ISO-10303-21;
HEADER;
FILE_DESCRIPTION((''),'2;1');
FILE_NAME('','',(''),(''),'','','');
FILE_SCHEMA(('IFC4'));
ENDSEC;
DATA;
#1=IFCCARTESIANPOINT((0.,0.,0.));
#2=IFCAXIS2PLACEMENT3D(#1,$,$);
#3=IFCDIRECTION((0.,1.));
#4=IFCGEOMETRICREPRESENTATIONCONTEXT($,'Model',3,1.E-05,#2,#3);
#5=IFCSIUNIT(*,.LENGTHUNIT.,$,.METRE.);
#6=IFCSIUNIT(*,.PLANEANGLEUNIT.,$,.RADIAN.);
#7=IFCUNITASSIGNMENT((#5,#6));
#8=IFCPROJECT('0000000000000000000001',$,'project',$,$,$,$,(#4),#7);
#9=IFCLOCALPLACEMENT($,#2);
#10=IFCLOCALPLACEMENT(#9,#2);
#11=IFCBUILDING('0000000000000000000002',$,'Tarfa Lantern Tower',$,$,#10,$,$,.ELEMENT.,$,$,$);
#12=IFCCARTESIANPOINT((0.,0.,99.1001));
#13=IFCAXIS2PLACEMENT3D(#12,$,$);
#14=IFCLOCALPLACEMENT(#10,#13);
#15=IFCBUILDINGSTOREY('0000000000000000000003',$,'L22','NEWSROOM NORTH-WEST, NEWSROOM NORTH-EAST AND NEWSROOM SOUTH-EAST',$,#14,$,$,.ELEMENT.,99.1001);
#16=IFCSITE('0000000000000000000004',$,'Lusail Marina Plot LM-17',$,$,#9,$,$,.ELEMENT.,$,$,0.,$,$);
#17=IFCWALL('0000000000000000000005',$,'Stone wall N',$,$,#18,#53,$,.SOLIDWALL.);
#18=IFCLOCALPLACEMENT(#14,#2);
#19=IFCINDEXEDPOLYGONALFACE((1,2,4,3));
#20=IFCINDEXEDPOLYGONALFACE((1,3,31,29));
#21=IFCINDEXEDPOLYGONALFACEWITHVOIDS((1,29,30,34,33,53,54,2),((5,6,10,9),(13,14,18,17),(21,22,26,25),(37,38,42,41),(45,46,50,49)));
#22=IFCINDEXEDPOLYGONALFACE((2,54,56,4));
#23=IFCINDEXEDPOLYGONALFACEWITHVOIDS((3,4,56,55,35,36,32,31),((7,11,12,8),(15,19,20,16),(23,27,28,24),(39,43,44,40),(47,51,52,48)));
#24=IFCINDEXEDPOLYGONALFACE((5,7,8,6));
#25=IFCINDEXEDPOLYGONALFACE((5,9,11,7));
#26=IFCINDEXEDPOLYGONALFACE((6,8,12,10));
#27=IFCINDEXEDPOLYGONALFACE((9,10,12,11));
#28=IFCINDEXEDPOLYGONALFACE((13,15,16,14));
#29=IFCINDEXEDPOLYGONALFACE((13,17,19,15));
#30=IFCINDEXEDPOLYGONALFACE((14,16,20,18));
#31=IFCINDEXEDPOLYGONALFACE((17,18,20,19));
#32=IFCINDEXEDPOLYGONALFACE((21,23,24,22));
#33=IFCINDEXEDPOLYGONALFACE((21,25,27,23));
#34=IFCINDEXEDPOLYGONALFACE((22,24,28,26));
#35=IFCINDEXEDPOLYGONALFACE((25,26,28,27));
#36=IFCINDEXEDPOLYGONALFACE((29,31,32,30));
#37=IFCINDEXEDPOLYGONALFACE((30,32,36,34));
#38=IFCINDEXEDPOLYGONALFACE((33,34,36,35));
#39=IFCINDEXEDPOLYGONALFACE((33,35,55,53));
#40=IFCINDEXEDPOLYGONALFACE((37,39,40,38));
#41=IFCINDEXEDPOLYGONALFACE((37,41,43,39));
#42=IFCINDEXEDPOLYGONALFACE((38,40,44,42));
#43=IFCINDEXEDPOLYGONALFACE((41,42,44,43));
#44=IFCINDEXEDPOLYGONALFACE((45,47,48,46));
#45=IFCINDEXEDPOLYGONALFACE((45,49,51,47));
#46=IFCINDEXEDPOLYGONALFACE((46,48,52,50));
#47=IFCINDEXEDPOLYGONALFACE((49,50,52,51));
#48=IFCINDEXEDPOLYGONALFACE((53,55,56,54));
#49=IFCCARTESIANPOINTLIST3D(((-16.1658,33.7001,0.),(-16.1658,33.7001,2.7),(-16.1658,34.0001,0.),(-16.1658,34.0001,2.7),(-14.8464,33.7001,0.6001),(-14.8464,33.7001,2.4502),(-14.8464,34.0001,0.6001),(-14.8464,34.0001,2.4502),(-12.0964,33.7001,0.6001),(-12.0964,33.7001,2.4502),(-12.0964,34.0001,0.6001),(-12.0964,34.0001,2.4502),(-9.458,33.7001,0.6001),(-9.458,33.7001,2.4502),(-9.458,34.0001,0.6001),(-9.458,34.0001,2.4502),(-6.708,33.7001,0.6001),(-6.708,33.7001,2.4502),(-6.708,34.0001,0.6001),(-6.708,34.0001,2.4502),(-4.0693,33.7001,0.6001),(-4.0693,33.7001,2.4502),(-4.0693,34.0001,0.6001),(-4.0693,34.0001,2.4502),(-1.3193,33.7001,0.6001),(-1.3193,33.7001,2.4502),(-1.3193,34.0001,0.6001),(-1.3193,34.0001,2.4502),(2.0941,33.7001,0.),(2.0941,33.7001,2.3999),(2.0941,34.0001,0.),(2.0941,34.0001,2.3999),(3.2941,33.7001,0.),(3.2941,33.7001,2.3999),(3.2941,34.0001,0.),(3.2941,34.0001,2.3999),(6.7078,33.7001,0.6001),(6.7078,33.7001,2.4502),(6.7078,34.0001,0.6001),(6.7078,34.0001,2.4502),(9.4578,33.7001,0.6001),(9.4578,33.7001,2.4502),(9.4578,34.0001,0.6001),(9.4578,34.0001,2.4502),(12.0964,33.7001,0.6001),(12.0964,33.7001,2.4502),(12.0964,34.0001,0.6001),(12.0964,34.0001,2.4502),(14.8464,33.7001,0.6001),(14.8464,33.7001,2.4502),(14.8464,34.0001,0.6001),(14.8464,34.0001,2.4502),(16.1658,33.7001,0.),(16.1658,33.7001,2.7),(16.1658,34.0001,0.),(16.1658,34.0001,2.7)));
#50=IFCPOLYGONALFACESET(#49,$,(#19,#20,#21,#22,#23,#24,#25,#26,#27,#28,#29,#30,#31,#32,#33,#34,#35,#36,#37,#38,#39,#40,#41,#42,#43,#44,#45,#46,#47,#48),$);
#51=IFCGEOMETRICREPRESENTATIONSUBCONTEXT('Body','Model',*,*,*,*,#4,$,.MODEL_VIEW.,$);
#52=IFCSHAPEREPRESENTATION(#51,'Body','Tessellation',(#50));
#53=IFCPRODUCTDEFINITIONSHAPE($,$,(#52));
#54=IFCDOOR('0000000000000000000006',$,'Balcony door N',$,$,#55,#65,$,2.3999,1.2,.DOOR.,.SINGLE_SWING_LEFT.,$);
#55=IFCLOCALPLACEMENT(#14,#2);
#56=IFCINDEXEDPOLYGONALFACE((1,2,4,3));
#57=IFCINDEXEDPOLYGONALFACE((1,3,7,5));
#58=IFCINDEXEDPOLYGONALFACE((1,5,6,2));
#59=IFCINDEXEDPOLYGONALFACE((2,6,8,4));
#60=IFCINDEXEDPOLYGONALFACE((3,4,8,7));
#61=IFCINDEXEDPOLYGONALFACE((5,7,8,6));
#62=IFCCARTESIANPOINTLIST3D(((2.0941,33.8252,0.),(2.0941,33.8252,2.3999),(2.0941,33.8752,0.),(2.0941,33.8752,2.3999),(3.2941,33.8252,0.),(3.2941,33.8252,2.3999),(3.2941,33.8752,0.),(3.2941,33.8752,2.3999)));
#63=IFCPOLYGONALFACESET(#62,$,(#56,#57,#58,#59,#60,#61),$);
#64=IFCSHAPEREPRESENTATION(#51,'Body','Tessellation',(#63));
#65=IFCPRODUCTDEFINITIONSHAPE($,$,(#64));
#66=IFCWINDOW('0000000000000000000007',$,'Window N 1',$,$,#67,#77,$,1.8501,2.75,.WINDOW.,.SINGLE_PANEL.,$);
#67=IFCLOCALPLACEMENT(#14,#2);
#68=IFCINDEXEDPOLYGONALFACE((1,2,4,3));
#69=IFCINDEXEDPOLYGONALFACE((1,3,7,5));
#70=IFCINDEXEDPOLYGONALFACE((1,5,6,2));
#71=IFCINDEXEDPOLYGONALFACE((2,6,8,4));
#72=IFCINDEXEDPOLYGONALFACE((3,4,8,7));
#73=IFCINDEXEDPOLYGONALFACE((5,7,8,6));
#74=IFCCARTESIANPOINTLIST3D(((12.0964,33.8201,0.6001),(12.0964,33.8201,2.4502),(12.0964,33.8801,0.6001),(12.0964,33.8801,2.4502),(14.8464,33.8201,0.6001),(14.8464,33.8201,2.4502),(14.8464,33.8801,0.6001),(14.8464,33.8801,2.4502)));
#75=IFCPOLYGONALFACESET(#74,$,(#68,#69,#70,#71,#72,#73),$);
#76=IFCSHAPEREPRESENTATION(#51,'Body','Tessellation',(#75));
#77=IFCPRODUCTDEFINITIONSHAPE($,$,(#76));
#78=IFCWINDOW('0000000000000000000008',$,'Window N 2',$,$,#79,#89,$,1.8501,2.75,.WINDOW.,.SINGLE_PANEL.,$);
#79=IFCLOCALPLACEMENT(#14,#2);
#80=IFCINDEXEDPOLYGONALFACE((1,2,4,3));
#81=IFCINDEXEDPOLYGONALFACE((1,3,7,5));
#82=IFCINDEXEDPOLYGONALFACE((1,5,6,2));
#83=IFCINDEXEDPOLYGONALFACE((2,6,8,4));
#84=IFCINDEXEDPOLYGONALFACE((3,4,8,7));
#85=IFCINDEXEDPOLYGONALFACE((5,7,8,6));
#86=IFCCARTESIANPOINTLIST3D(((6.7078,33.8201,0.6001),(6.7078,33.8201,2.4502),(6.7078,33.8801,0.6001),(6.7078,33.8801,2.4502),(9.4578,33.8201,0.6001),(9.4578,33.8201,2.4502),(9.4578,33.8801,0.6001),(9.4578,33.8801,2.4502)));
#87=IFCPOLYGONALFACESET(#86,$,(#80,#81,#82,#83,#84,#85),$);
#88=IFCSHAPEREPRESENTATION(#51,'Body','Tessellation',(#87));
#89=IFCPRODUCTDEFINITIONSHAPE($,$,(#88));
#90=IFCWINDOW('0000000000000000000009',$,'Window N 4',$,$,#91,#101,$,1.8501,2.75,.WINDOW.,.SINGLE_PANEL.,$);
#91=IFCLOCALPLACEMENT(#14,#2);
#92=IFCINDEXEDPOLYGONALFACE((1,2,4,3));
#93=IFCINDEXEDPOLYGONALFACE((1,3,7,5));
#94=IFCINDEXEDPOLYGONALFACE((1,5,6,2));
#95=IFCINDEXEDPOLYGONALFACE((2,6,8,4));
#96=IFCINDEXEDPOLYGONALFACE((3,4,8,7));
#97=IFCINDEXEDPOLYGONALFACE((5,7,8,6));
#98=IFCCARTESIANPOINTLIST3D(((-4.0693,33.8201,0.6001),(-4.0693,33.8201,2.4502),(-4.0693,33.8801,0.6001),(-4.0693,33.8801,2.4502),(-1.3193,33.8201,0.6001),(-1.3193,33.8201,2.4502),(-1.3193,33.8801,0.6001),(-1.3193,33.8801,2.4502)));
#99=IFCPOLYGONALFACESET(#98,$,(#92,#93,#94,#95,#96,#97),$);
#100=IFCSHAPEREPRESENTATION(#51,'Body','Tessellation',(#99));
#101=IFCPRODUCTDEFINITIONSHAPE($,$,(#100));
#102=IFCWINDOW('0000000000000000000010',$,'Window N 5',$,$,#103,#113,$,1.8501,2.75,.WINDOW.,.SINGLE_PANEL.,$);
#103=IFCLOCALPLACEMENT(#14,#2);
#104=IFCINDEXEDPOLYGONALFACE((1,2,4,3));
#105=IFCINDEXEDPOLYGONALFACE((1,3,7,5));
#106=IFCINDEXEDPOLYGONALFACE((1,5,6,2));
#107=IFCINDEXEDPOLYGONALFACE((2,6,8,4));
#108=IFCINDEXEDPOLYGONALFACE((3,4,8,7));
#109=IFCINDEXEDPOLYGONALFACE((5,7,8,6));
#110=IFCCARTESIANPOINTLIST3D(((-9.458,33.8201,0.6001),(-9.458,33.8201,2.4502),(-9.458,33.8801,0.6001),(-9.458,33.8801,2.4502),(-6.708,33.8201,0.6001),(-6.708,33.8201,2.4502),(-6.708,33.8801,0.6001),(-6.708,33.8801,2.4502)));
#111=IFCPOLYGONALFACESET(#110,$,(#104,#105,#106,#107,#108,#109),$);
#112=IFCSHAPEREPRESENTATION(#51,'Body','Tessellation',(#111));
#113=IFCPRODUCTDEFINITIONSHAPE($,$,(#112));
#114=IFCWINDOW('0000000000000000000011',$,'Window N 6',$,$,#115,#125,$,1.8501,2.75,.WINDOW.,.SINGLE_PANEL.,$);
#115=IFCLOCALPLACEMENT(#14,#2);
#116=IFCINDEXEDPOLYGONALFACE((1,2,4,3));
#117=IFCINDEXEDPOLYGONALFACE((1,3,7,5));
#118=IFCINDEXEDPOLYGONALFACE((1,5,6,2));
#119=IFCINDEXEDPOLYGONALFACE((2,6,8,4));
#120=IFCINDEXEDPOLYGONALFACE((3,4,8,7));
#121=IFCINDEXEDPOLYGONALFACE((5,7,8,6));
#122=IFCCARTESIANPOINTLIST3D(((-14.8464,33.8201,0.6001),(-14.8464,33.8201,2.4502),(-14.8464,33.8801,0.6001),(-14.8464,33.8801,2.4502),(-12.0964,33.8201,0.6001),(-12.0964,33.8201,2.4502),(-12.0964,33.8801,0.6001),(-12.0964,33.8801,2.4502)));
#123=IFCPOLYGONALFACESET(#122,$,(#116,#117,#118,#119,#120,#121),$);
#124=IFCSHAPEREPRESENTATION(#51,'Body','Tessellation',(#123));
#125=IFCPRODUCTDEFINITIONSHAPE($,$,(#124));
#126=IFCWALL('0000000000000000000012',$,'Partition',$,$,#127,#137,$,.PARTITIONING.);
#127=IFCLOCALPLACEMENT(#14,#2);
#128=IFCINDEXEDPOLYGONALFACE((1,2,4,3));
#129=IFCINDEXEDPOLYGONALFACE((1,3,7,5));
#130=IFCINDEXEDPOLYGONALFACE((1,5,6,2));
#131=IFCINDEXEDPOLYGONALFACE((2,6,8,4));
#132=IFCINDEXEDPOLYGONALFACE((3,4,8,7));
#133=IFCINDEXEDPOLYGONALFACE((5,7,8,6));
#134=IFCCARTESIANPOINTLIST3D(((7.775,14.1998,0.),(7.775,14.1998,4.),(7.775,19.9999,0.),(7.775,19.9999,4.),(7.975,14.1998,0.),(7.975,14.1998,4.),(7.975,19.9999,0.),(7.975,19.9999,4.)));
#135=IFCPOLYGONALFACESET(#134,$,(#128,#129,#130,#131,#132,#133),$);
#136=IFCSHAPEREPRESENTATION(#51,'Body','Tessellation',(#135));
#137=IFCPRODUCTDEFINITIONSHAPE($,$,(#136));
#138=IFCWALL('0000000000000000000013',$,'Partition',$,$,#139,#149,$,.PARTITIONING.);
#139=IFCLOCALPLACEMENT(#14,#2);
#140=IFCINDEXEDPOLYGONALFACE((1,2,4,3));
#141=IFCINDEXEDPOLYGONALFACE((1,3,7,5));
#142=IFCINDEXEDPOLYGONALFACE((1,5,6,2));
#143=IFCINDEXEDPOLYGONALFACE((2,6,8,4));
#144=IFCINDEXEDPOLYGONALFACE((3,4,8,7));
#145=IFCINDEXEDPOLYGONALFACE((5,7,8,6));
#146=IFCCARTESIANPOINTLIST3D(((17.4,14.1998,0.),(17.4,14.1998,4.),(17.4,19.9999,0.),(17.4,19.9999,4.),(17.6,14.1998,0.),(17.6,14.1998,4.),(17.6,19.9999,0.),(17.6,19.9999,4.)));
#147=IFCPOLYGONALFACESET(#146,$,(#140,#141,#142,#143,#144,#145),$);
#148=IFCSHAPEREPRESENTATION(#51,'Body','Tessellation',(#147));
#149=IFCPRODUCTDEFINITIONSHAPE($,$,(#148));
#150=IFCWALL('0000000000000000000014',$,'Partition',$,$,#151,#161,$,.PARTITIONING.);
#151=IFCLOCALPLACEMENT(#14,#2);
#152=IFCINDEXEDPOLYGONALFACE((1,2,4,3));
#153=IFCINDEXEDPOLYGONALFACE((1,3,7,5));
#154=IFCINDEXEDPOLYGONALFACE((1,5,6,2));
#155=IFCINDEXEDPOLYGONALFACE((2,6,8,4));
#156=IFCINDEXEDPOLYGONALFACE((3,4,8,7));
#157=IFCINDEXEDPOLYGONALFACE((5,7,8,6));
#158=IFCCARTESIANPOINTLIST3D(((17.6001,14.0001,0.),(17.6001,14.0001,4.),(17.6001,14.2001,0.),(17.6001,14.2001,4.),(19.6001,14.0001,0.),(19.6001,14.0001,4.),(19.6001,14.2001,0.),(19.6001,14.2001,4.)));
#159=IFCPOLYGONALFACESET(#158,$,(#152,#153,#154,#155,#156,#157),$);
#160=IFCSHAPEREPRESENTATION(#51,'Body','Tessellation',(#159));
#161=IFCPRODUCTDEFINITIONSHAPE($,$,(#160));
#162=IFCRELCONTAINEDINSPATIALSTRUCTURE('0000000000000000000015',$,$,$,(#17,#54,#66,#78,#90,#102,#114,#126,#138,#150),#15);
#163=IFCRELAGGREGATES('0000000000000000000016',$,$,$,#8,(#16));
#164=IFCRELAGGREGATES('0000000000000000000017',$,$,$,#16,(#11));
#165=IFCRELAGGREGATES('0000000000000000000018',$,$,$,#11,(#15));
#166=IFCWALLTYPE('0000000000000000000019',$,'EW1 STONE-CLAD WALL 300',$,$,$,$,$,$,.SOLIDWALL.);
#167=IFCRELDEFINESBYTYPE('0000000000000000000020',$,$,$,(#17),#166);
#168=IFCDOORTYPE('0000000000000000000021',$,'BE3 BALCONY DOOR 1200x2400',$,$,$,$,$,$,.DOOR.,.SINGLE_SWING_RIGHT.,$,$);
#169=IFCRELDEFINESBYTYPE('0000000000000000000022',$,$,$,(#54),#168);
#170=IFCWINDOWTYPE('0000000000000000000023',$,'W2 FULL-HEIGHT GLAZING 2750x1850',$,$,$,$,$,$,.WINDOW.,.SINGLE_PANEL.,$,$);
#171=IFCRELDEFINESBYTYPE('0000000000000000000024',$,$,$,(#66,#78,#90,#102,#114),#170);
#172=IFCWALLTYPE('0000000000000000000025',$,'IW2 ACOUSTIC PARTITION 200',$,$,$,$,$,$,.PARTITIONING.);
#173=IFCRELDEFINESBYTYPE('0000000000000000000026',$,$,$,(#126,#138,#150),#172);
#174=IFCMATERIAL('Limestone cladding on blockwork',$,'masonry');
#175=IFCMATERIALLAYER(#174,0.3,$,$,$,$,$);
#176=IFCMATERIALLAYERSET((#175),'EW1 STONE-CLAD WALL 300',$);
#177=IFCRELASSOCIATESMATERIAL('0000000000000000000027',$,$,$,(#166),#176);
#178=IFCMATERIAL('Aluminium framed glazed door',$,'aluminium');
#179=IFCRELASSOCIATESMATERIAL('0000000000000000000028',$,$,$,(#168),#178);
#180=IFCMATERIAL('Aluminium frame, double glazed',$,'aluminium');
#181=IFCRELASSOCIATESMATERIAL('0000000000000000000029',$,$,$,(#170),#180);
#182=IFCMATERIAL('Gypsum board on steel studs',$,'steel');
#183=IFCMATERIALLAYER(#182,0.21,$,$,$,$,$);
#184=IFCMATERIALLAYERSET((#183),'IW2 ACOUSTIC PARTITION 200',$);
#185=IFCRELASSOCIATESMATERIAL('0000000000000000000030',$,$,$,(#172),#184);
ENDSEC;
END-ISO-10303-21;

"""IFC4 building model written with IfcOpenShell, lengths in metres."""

from ifc_helpers import new_model, si_unit, direction, frame, frame_2d, origin, place, context, subcontext, project, spatial, rectangle, extrude, material, layer, layer_set, type_object, element, fill, save


model = new_model("IFC4")

# Units and contexts
model_context = context("Model", 3, precision=1e-05, world=origin(), true_north=direction((0.0, 1.0)))
body_context = subcontext(model_context, "Body", "Model", "MODEL_VIEW")
ifc_project = project(units=[si_unit("LENGTHUNIT", "METRE"), si_unit("PLANEANGLEUNIT", "RADIAN")], contexts=[model_context])

# Site, building, storey
site_placement = place(None, origin())
site = spatial("IfcSite", under=ifc_project, at=site_placement, Name="Lusail Marina Plot LM-17", CompositionType="ELEMENT", RefElevation=0.0)
building_placement = place(site_placement, origin())
building = spatial("IfcBuilding", under=site, at=building_placement, Name="Tarfa Lantern Tower", CompositionType="ELEMENT")
storey_placement = place(building_placement, frame((0.0, 0.0, 99.1001)))
storey = spatial("IfcBuildingStorey", under=building, at=storey_placement, Name="L22", Description="NEWSROOM NORTH-WEST, NEWSROOM NORTH-EAST AND NEWSROOM SOUTH-EAST", CompositionType="ELEMENT", Elevation=99.1001)

# Wall, openings, door, windows
ifc_material_1 = material(Name="Limestone cladding on blockwork", Category="masonry")
ifc_layer_1 = layer(ifc_material_1, 0.3)
ifc_layer_set_1 = layer_set([ifc_layer_1], Name="EW1 STONE-CLAD WALL 300")
wall_type_1 = type_object("IfcWallType", Name="EW1 STONE-CLAD WALL 300", PredefinedType="SOLIDWALL", material=ifc_layer_set_1)
wall_1_placement = place(storey_placement, frame((16.1658, 33.8501, 0.0), z_axis=(0.0, 0.0, 1.0), x_axis=(-1.0, 0.0, 0.0)))
wall_1 = element("IfcWall", 1, at=wall_1_placement, inside=storey, type_object=wall_type_1, Name="Stone wall N", PredefinedType="SOLIDWALL", context=body_context, shape_type="SweptSolid", body=[
    extrude(rectangle(XDim=32.3315, YDim=0.3, at=frame_2d((16.1658, 0.0))), origin(), (0.0, 0.0, 1.0), 2.7),
])
opening_1_placement = place(wall_1_placement, frame((1.3193, 0.0, 0.6001)))
opening_1 = element("IfcOpeningElement", 2, at=opening_1_placement, cuts=wall_1, PredefinedType="OPENING", context=body_context, shape_type="SweptSolid", body=[
    extrude(rectangle(XDim=2.75, YDim=1.8501, at=frame_2d((1.375, 0.925))), frame((0.0, 0.1599, 0.0), z_axis=(0.0, -1.0, 0.0), x_axis=(1.0, 0.0, 0.0)), (0.0, 0.0, 1.0), 0.3201),
])
opening_2_placement = place(wall_1_placement, frame((6.708, 0.0, 0.6001)))
opening_2 = element("IfcOpeningElement", 3, at=opening_2_placement, cuts=wall_1, PredefinedType="OPENING", context=body_context, shape_type="SweptSolid", body=[
    extrude(rectangle(XDim=2.75, YDim=1.8501, at=frame_2d((1.375, 0.925))), frame((0.0, 0.1599, 0.0), z_axis=(0.0, -1.0, 0.0), x_axis=(1.0, 0.0, 0.0)), (0.0, 0.0, 1.0), 0.3201),
])
opening_3_placement = place(wall_1_placement, frame((12.8716, 0.0, 0.0)))
opening_3 = element("IfcOpeningElement", 4, at=opening_3_placement, cuts=wall_1, PredefinedType="OPENING", context=body_context, shape_type="SweptSolid", body=[
    extrude(rectangle(XDim=1.2, YDim=2.3999, at=frame_2d((0.6001, 1.2))), frame((0.0, 0.1599, 0.0), z_axis=(0.0, -1.0, 0.0), x_axis=(1.0, 0.0, 0.0)), (0.0, 0.0, 1.0), 0.3201),
])
opening_4_placement = place(wall_1_placement, frame((17.4851, 0.0, 0.6001)))
opening_4 = element("IfcOpeningElement", 5, at=opening_4_placement, cuts=wall_1, PredefinedType="OPENING", context=body_context, shape_type="SweptSolid", body=[
    extrude(rectangle(XDim=2.75, YDim=1.8501, at=frame_2d((1.375, 0.925))), frame((0.0, 0.1599, 0.0), z_axis=(0.0, -1.0, 0.0), x_axis=(1.0, 0.0, 0.0)), (0.0, 0.0, 1.0), 0.3201),
])
opening_5_placement = place(wall_1_placement, frame((22.8738, 0.0, 0.6001)))
opening_5 = element("IfcOpeningElement", 6, at=opening_5_placement, cuts=wall_1, PredefinedType="OPENING", context=body_context, shape_type="SweptSolid", body=[
    extrude(rectangle(XDim=2.75, YDim=1.8501, at=frame_2d((1.375, 0.925))), frame((0.0, 0.1599, 0.0), z_axis=(0.0, -1.0, 0.0), x_axis=(1.0, 0.0, 0.0)), (0.0, 0.0, 1.0), 0.3201),
])
opening_6_placement = place(wall_1_placement, frame((28.2622, 0.0, 0.6001)))
opening_6 = element("IfcOpeningElement", 7, at=opening_6_placement, cuts=wall_1, PredefinedType="OPENING", context=body_context, shape_type="SweptSolid", body=[
    extrude(rectangle(XDim=2.75, YDim=1.8501, at=frame_2d((1.375, 0.925))), frame((0.0, 0.1599, 0.0), z_axis=(0.0, -1.0, 0.0), x_axis=(1.0, 0.0, 0.0)), (0.0, 0.0, 1.0), 0.3201),
])
ifc_material_2 = material(Name="Aluminium framed glazed door", Category="aluminium")
door_type = type_object("IfcDoorType", Name="BE3 BALCONY DOOR 1200x2400", OperationType="SINGLE_SWING_RIGHT", PredefinedType="DOOR", material=ifc_material_2)
door_placement = place(opening_3_placement, origin())
door = element("IfcDoor", 8, at=door_placement, inside=storey, type_object=door_type, Name="Balcony door N", OperationType="SINGLE_SWING_LEFT", OverallHeight=2.3999, OverallWidth=1.2, PredefinedType="DOOR", context=body_context, shape_type="SweptSolid", body=[
    extrude(rectangle(XDim=1.2, YDim=2.3999, at=frame_2d((0.6001, 1.2))), frame((0.0, 0.0249, 0.0), z_axis=(0.0, -1.0, 0.0), x_axis=(1.0, 0.0, 0.0)), (0.0, 0.0, 1.0), 0.05),
])
fill(opening_3, door)
ifc_material_3 = material(Name="Aluminium frame, double glazed", Category="aluminium")
window_type = type_object("IfcWindowType", Name="W2 FULL-HEIGHT GLAZING 2750x1850", PartitioningType="SINGLE_PANEL", PredefinedType="WINDOW", material=ifc_material_3)
window_1_placement = place(opening_1_placement, origin())
window_1 = element("IfcWindow", 9, at=window_1_placement, inside=storey, type_object=window_type, Name="Window N 1", OverallHeight=1.8501, OverallWidth=2.75, PartitioningType="SINGLE_PANEL", PredefinedType="WINDOW", context=body_context, shape_type="SweptSolid", body=[
    extrude(rectangle(XDim=2.75, YDim=1.8501, at=frame_2d((1.375, 0.925))), frame((0.0, 0.03, 0.0), z_axis=(0.0, -1.0, 0.0), x_axis=(1.0, 0.0, 0.0)), (0.0, 0.0, 1.0), 0.0601),
])
fill(opening_1, window_1)
window_2_placement = place(opening_2_placement, origin())
window_2 = element("IfcWindow", 10, at=window_2_placement, inside=storey, type_object=window_type, Name="Window N 2", OverallHeight=1.8501, OverallWidth=2.75, PartitioningType="SINGLE_PANEL", PredefinedType="WINDOW", context=body_context, shape_type="SweptSolid", body=[
    extrude(rectangle(XDim=2.75, YDim=1.8501, at=frame_2d((1.375, 0.925))), frame((0.0, 0.03, 0.0), z_axis=(0.0, -1.0, 0.0), x_axis=(1.0, 0.0, 0.0)), (0.0, 0.0, 1.0), 0.0601),
])
fill(opening_2, window_2)
window_3_placement = place(opening_4_placement, origin())
window_3 = element("IfcWindow", 11, at=window_3_placement, inside=storey, type_object=window_type, Name="Window N 4", OverallHeight=1.8501, OverallWidth=2.75, PartitioningType="SINGLE_PANEL", PredefinedType="WINDOW", context=body_context, shape_type="SweptSolid", body=[
    extrude(rectangle(XDim=2.75, YDim=1.8501, at=frame_2d((1.375, 0.925))), frame((0.0, 0.03, 0.0), z_axis=(0.0, -1.0, 0.0), x_axis=(1.0, 0.0, 0.0)), (0.0, 0.0, 1.0), 0.0601),
])
fill(opening_4, window_3)
window_4_placement = place(opening_5_placement, origin())
window_4 = element("IfcWindow", 12, at=window_4_placement, inside=storey, type_object=window_type, Name="Window N 5", OverallHeight=1.8501, OverallWidth=2.75, PartitioningType="SINGLE_PANEL", PredefinedType="WINDOW", context=body_context, shape_type="SweptSolid", body=[
    extrude(rectangle(XDim=2.75, YDim=1.8501, at=frame_2d((1.375, 0.925))), frame((0.0, 0.03, 0.0), z_axis=(0.0, -1.0, 0.0), x_axis=(1.0, 0.0, 0.0)), (0.0, 0.0, 1.0), 0.0601),
])
fill(opening_5, window_4)
window_5_placement = place(opening_6_placement, origin())
window_5 = element("IfcWindow", 13, at=window_5_placement, inside=storey, type_object=window_type, Name="Window N 6", OverallHeight=1.8501, OverallWidth=2.75, PartitioningType="SINGLE_PANEL", PredefinedType="WINDOW", context=body_context, shape_type="SweptSolid", body=[
    extrude(rectangle(XDim=2.75, YDim=1.8501, at=frame_2d((1.375, 0.925))), frame((0.0, 0.03, 0.0), z_axis=(0.0, -1.0, 0.0), x_axis=(1.0, 0.0, 0.0)), (0.0, 0.0, 1.0), 0.0601),
])
fill(opening_6, window_5)

# Walls
ifc_material_4 = material(Name="Gypsum board on steel studs", Category="steel")
ifc_layer_2 = layer(ifc_material_4, 0.21)
ifc_layer_set_2 = layer_set([ifc_layer_2], Name="IW2 ACOUSTIC PARTITION 200")
wall_type_2 = type_object("IfcWallType", Name="IW2 ACOUSTIC PARTITION 200", PredefinedType="PARTITIONING", material=ifc_layer_set_2)
for number, where, z_axis, x_axis, name in (
    (14, (7.875, 14.2, 0.0), (0.0, 0.0, 1.0), (0.0, 1.0, 0.0), "Partition"),
    (15, (17.5, 14.2, 0.0), (0.0, 0.0, 1.0), (0.0, 1.0, 0.0), "Partition"),
):
    element("IfcWall", number, at=place(storey_placement, frame(where, z_axis=z_axis, x_axis=x_axis)), inside=storey, type_object=wall_type_2, Name=name, PredefinedType="PARTITIONING", context=body_context, shape_type="SweptSolid", body=[
        extrude(rectangle(XDim=5.8, YDim=0.2, at=frame_2d((2.8999, 0.0))), origin(), (0.0, 0.0, 1.0), 4.0),
    ])
wall_2_placement = place(storey_placement, frame((17.6001, 14.1001, 0.0), z_axis=(0.0, 0.0, 1.0), x_axis=(1.0, 0.0, 0.0)))
element("IfcWall", 16, at=wall_2_placement, inside=storey, type_object=wall_type_2, Name="Partition", PredefinedType="PARTITIONING", context=body_context, shape_type="SweptSolid", body=[
    extrude(rectangle(XDim=2.0, YDim=0.2, at=frame_2d((1.0, 0.0))), origin(), (0.0, 0.0, 1.0), 4.0),
])

save(model, "model.ifc")
